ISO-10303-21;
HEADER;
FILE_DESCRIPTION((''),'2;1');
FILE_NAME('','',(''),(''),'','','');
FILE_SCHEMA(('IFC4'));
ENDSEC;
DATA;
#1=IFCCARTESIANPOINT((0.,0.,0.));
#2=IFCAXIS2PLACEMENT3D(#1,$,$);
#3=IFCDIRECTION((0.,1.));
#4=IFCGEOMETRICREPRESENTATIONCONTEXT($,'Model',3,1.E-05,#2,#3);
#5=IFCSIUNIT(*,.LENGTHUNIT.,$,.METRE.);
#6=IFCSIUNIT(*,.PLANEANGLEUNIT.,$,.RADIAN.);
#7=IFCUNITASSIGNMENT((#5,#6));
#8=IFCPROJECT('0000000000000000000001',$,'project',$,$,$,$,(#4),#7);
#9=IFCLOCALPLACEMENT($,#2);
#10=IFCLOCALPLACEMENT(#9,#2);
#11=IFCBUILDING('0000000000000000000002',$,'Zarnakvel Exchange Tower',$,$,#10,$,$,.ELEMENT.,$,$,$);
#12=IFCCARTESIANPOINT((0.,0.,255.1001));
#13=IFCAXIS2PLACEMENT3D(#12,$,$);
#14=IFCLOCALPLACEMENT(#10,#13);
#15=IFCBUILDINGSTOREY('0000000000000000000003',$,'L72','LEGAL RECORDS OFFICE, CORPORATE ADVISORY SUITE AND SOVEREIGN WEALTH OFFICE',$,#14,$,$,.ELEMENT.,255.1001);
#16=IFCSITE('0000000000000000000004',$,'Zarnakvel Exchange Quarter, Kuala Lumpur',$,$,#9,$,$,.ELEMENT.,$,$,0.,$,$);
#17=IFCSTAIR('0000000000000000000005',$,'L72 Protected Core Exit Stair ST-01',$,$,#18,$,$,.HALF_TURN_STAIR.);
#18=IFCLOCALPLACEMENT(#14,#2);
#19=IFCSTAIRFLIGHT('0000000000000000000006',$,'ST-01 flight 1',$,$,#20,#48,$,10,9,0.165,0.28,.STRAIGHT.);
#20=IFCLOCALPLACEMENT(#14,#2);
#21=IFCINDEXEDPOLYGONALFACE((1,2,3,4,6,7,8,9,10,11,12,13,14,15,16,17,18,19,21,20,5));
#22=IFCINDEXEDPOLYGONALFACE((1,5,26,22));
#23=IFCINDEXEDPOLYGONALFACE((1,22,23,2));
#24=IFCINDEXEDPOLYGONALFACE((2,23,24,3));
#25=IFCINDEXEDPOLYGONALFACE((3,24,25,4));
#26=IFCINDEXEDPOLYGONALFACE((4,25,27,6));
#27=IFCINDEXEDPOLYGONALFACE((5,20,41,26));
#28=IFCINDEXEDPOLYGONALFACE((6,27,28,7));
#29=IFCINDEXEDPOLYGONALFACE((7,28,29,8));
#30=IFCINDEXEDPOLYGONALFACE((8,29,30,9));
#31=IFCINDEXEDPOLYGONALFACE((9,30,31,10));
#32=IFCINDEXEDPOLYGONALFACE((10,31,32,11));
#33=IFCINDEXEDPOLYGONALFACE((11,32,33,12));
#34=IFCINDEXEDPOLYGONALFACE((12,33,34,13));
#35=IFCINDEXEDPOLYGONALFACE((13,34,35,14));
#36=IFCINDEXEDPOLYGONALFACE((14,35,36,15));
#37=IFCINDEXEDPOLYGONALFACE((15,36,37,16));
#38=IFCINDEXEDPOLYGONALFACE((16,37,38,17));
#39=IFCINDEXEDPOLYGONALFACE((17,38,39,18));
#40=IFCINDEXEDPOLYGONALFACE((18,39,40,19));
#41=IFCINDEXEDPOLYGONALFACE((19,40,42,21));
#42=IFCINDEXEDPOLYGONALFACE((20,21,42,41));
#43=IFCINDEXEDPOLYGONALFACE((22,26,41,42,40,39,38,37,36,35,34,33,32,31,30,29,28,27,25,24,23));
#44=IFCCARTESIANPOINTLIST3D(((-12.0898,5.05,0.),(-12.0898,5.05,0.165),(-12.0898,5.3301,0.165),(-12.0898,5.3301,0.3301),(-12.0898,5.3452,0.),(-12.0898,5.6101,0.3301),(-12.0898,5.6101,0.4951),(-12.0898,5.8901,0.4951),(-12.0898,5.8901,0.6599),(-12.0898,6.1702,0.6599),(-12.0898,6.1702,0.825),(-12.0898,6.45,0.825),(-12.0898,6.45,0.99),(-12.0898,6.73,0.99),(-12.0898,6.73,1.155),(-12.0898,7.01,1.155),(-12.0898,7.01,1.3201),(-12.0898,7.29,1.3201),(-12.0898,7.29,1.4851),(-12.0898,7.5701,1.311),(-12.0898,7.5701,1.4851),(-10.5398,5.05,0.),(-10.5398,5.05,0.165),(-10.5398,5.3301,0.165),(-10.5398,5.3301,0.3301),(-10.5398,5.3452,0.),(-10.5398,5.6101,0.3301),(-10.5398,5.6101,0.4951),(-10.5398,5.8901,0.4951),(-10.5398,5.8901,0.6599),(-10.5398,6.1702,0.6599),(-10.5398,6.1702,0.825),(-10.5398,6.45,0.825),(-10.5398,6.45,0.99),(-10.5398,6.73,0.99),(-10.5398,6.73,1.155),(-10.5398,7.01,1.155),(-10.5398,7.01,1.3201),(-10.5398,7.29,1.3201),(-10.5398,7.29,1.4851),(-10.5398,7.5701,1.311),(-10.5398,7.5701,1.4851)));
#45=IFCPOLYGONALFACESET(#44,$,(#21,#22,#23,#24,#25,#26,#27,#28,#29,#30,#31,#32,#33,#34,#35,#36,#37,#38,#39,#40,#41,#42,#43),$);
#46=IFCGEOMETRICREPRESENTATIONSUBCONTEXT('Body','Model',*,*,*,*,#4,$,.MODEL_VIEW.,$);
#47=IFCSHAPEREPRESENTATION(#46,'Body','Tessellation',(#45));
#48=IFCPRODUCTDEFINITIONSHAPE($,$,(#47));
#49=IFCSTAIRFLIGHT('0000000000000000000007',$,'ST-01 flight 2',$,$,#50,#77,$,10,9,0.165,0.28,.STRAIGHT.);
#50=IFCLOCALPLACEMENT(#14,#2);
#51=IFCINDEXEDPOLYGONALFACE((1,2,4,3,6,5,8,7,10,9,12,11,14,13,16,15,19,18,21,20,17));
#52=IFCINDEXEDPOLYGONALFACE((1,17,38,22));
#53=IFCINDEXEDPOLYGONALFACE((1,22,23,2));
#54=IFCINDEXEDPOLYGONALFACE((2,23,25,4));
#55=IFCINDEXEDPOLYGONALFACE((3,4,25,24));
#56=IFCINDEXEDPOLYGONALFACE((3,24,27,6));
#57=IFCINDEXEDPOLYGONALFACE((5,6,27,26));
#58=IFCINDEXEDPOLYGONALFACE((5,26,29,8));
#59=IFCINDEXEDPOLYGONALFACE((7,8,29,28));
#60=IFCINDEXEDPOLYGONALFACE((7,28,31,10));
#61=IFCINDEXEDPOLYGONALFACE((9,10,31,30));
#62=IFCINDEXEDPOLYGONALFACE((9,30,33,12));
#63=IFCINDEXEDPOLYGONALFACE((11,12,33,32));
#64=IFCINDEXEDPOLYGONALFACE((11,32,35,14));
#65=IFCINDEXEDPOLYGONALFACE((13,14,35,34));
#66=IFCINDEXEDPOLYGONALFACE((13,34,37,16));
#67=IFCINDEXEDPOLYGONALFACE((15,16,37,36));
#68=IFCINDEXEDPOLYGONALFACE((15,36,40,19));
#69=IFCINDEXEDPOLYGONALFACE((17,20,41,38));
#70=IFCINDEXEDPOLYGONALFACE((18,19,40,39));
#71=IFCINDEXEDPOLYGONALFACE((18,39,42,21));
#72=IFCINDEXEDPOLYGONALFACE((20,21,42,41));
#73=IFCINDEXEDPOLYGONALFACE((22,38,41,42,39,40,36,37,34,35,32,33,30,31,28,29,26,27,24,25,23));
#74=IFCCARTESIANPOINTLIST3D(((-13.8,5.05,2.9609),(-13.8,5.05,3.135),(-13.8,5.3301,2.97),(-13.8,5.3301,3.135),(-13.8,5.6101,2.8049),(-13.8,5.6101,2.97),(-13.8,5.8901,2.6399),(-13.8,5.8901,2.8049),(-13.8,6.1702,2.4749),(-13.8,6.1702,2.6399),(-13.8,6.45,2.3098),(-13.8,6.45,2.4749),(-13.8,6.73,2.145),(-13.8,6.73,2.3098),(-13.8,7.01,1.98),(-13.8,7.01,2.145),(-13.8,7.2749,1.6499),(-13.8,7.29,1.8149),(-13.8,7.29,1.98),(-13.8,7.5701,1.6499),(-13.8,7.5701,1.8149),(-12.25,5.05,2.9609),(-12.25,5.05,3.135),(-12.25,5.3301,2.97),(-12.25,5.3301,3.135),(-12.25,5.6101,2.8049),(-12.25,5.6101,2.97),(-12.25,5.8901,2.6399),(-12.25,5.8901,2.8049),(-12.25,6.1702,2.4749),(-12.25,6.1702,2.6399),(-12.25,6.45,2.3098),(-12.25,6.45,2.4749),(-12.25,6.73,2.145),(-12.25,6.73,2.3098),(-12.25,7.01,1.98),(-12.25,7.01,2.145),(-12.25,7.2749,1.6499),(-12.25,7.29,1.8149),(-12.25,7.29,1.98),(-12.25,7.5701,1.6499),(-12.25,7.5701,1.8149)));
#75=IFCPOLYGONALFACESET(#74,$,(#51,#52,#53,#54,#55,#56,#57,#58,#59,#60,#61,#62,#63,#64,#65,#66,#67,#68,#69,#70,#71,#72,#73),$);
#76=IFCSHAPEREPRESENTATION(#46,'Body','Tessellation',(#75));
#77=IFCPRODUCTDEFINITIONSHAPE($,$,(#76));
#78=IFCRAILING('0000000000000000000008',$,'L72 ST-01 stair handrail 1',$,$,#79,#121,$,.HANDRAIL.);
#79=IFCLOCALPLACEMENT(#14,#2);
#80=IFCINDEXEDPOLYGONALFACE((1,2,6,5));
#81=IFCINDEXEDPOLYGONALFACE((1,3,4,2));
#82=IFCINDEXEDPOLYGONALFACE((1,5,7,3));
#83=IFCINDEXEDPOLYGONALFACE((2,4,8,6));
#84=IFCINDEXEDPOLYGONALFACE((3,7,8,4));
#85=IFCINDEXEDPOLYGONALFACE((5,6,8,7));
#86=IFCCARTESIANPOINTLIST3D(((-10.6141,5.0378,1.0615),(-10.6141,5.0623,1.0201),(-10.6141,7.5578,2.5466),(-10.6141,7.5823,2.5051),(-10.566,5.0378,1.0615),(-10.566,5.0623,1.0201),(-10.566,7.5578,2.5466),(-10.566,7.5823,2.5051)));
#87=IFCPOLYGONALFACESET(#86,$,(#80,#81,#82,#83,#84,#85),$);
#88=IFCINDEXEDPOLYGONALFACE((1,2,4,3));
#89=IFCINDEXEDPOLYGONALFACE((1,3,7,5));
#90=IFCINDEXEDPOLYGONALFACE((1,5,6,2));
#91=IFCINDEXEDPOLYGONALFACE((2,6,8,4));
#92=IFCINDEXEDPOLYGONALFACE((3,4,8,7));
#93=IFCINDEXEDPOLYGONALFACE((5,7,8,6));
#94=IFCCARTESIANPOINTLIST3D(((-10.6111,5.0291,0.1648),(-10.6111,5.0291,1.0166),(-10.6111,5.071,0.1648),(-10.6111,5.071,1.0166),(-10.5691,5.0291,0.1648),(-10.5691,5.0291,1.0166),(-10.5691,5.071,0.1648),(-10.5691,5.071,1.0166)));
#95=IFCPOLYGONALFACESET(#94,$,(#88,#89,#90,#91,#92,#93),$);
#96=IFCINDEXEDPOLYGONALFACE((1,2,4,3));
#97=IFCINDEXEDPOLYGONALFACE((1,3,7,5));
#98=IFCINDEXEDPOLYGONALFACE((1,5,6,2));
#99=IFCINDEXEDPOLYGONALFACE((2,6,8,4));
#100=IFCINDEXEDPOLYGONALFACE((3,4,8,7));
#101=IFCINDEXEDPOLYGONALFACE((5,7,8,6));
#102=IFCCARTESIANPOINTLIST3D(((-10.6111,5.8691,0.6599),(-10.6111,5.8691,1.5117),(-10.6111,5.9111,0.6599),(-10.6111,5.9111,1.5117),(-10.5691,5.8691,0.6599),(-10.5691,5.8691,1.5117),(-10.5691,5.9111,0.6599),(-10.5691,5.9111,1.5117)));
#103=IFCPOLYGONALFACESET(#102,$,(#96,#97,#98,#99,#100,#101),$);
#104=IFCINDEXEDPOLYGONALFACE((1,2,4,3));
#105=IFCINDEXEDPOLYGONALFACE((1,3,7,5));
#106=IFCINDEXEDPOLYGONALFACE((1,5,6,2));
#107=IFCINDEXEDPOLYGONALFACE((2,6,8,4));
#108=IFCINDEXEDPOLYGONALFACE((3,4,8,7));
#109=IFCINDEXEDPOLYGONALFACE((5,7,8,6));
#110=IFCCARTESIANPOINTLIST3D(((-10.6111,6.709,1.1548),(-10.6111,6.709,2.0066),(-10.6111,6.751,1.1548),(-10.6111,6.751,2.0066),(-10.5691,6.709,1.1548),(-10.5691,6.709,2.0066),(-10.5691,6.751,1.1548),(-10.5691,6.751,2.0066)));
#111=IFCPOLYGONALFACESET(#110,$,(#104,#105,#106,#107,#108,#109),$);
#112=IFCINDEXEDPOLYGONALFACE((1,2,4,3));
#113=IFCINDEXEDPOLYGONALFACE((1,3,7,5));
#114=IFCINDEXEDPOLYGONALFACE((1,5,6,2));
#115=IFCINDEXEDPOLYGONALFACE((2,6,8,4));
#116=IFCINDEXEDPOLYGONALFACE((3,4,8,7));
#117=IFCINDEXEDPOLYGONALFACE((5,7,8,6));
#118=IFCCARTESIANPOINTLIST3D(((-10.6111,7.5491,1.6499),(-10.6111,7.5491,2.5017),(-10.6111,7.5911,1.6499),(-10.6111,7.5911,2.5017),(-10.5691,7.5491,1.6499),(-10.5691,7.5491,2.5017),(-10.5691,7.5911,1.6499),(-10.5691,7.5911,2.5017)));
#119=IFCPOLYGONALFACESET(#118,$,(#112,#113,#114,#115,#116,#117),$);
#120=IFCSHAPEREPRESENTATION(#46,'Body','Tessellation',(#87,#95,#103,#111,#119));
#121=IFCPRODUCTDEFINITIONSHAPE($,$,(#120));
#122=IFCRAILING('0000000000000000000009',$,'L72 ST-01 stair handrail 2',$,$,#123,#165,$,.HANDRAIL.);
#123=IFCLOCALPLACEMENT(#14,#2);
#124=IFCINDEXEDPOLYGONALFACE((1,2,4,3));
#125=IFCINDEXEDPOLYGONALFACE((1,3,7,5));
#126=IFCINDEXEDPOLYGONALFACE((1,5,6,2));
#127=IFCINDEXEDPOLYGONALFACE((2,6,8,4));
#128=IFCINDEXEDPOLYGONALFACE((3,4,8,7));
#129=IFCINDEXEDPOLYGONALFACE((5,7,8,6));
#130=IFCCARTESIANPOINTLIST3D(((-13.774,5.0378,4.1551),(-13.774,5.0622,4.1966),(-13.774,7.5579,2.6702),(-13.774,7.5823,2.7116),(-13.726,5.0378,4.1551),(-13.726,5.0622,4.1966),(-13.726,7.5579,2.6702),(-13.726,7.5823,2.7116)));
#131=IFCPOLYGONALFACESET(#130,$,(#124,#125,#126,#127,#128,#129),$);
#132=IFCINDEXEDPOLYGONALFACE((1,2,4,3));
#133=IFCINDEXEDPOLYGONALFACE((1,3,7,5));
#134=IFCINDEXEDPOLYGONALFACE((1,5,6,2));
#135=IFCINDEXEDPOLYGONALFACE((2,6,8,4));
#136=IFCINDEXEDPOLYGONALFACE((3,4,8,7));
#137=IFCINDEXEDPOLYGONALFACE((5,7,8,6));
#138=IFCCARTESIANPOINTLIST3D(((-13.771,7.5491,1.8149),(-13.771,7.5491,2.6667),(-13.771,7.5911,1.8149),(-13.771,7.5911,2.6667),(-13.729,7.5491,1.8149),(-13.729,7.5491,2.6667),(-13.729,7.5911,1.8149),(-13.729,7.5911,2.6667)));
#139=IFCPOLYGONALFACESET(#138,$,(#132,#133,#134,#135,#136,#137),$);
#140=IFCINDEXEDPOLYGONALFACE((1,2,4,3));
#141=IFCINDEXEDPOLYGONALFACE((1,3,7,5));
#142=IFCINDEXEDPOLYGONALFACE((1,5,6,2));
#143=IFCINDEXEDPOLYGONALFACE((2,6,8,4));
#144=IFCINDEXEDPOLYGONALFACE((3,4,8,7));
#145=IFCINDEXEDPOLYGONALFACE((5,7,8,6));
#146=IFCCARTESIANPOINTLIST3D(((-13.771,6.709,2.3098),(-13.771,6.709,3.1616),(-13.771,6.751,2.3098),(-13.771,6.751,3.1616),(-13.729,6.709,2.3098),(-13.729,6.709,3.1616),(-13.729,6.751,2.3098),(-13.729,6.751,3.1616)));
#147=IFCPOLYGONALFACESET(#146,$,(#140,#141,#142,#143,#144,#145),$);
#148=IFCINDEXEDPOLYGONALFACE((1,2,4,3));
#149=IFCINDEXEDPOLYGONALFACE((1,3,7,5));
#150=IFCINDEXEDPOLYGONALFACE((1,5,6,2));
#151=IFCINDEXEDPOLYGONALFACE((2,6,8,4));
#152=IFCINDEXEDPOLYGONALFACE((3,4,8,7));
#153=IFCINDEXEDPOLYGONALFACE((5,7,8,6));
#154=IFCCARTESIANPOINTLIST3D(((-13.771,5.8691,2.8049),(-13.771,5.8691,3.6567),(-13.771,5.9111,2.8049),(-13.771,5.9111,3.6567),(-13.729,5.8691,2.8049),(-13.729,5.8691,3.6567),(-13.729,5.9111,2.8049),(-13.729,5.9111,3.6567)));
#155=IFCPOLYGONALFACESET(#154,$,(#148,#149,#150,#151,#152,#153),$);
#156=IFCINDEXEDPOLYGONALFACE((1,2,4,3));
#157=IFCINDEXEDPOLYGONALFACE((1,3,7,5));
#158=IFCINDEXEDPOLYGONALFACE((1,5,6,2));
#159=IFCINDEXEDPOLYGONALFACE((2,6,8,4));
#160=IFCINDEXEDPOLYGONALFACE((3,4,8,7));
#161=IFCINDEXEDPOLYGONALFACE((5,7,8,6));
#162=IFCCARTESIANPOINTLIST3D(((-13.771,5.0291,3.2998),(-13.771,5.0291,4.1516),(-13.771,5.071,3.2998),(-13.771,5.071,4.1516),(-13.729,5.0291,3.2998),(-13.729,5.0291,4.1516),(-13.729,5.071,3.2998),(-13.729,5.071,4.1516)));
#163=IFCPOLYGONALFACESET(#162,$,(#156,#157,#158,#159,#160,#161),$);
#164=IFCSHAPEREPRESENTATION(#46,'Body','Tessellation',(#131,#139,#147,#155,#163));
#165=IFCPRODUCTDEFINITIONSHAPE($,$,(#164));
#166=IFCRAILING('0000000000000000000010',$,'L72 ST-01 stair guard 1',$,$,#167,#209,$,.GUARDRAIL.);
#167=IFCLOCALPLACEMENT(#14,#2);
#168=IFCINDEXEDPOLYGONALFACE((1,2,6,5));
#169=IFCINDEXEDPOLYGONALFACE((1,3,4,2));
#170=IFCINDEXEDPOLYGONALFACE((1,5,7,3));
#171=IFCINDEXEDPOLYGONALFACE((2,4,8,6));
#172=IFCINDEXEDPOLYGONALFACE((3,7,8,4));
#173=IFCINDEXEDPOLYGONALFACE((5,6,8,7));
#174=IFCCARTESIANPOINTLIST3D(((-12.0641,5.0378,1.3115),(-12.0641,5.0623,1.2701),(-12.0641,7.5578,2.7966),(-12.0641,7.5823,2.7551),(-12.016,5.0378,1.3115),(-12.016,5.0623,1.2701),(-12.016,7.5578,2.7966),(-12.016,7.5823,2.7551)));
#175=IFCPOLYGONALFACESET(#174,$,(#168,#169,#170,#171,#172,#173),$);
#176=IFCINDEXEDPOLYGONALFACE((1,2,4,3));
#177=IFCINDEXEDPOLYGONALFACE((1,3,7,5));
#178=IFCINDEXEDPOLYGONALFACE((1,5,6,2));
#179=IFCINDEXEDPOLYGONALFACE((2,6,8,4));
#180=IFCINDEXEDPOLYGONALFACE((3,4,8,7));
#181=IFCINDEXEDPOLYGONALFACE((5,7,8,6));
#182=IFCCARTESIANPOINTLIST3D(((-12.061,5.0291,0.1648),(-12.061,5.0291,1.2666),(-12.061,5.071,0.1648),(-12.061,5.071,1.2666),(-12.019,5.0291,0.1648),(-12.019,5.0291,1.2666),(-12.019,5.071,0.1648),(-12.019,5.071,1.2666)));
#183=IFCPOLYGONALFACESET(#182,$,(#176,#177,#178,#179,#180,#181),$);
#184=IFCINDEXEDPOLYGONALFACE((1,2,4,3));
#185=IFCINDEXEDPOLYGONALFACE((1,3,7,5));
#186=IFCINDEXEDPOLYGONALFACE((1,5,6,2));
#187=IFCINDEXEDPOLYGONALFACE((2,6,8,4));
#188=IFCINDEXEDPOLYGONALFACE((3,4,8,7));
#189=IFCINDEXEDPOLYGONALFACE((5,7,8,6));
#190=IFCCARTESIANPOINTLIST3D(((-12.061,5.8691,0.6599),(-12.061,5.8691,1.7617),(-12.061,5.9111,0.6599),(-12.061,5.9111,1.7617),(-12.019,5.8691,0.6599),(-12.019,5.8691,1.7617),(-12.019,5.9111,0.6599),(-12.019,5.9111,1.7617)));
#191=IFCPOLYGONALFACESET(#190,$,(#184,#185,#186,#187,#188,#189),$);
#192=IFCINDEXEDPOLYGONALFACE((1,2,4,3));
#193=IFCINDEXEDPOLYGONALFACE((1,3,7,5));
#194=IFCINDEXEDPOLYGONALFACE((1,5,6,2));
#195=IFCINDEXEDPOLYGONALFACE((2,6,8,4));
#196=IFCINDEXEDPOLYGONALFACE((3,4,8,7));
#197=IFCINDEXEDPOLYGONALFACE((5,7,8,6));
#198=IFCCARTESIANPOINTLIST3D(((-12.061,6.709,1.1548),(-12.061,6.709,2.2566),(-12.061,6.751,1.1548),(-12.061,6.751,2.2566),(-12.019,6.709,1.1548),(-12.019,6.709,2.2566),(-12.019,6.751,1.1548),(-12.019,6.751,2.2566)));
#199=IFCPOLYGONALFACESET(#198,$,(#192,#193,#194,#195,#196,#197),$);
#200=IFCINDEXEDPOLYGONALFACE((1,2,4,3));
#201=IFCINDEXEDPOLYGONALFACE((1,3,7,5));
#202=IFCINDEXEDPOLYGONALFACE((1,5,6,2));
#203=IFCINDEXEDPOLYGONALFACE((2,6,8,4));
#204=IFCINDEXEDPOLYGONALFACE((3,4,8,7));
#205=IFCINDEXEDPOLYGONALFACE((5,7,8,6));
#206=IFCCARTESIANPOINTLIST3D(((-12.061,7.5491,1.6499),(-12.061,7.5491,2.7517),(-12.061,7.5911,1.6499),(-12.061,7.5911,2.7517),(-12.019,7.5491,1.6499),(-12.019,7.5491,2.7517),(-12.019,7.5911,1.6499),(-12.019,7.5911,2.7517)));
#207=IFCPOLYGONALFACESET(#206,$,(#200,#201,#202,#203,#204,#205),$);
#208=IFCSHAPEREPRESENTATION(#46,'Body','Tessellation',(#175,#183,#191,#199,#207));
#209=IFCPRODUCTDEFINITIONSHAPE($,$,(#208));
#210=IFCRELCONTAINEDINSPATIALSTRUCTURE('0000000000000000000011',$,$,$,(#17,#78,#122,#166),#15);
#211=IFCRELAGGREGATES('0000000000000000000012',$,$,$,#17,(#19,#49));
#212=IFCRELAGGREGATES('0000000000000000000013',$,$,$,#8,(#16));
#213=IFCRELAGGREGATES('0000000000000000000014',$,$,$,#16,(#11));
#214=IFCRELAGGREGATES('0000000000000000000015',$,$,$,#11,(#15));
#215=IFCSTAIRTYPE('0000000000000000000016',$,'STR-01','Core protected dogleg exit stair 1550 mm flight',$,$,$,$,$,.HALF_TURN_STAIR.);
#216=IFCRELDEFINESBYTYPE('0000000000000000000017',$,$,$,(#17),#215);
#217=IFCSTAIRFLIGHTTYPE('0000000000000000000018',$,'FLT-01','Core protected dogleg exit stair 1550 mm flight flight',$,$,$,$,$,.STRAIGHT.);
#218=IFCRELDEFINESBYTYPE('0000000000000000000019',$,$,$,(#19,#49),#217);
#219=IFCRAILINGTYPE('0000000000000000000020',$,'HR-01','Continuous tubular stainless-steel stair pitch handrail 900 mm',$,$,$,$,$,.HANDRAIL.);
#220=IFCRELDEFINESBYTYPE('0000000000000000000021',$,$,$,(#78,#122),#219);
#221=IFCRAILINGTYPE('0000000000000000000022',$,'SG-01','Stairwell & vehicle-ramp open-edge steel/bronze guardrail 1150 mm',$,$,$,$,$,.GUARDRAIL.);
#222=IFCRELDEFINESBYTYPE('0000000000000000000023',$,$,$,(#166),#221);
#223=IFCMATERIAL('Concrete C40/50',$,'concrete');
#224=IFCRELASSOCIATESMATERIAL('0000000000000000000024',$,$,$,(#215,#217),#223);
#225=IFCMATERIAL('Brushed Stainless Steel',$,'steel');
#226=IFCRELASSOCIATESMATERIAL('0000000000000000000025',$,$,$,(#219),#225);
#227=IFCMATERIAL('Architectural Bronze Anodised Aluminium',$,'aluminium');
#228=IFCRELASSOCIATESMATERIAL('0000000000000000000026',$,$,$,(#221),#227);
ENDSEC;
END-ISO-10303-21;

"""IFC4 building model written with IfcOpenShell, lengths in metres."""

from ifc_helpers import new_model, si_unit, direction, frame, origin, origin_2d, place, context, subcontext, project, spatial, polyline, rectangle, outline, extrude, material, type_object, element, aggregate, save


model = new_model("IFC4")

# Units and contexts
model_context = context("Model", 3, precision=1e-05, world=origin(), true_north=direction((0.0, 1.0)))
body_context = subcontext(model_context, "Body", "Model", "MODEL_VIEW")
ifc_project = project(units=[si_unit("LENGTHUNIT", "METRE"), si_unit("PLANEANGLEUNIT", "RADIAN")], contexts=[model_context])

# Site, building, storey
site_placement = place(None, origin())
site = spatial("IfcSite", under=ifc_project, at=site_placement, Name="Zarnakvel Exchange Quarter, Kuala Lumpur", CompositionType="ELEMENT", RefElevation=0.0)
building_placement = place(site_placement, origin())
building = spatial("IfcBuilding", under=site, at=building_placement, Name="Zarnakvel Exchange Tower", CompositionType="ELEMENT")
storey_placement = place(building_placement, frame((0.0, 0.0, 255.1001)))
storey = spatial("IfcBuildingStorey", under=building, at=storey_placement, Name="L72", Description="LEGAL RECORDS OFFICE, CORPORATE ADVISORY SUITE AND SOVEREIGN WEALTH OFFICE", CompositionType="ELEMENT", Elevation=255.1001)

# Shared definitions
ifc_material_1 = material(Name="Architectural Bronze Anodised Aluminium", Category="aluminium")

# Shared definitions
ifc_material_2 = material(Name="Concrete C40/50", Category="concrete")

# Stair, stair flights
stair_type = type_object("IfcStairType", Name="STR-01", Description="Core protected dogleg exit stair 1550 mm flight", PredefinedType="HALF_TURN_STAIR", material=ifc_material_2)
stair_placement = place(storey_placement, origin())
stair = element("IfcStair", 1, at=stair_placement, inside=storey, type_object=stair_type, Name="L72 Protected Core Exit Stair ST-01", PredefinedType="HALF_TURN_STAIR")
stair_flight_type = type_object("IfcStairFlightType", Name="FLT-01", Description="Core protected dogleg exit stair 1550 mm flight flight", PredefinedType="STRAIGHT", material=ifc_material_2)
stair_flight_1_placement = place(storey_placement, frame((-11.3149, 5.05, 0.0), z_axis=(0.0, 0.0, 1.0), x_axis=(0.0, 1.0, 0.0)))
stair_flight_1 = element("IfcStairFlight", 2, at=stair_flight_1_placement, type_object=stair_flight_type, Name="ST-01 flight 1", NumberOfRisers=10, NumberOfTreads=9, PredefinedType="STRAIGHT", RiserHeight=0.165, TreadLength=0.28, context=body_context, shape_type="SweptSolid", body=[
    extrude(outline(polyline([(0.0, 0.0), (0.0, 0.165), (0.28, 0.165), (0.28, 0.3301), (0.5601, 0.3301), (0.5601, 0.4951), (0.8401, 0.4951), (0.8401, 0.6599), (1.1201, 0.6599), (1.1201, 0.825), (1.3999, 0.825), (1.3999, 0.99), (1.6799, 0.99), (1.6799, 1.155), (1.96, 1.155), (1.96, 1.3201), (2.24, 1.3201), (2.24, 1.4851), (2.52, 1.4851), (2.52, 1.6499), (2.52, 1.311), (0.2952, 0.0), (0.0, 0.0)])), frame((0.0, 0.7749, 0.0), z_axis=(0.0, -1.0, 0.0), x_axis=(1.0, 0.0, 0.0)), (0.0, 0.0, 1.0), 1.55),
])
stair_flight_2_placement = place(storey_placement, frame((-13.0249, 7.5701, 1.6499), z_axis=(0.0, 0.0, 1.0), x_axis=(0.0, -1.0, 0.0)))
stair_flight_2 = element("IfcStairFlight", 3, at=stair_flight_2_placement, type_object=stair_flight_type, Name="ST-01 flight 2", NumberOfRisers=10, NumberOfTreads=9, PredefinedType="STRAIGHT", RiserHeight=0.165, TreadLength=0.28, context=body_context, shape_type="SweptSolid", body=[
    extrude(outline(polyline([(0.0, 0.0), (0.0, 0.165), (0.28, 0.165), (0.28, 0.3301), (0.5601, 0.3301), (0.5601, 0.4951), (0.8401, 0.4951), (0.8401, 0.6599), (1.1201, 0.6599), (1.1201, 0.825), (1.3999, 0.825), (1.3999, 0.99), (1.6799, 0.99), (1.6799, 1.155), (1.96, 1.155), (1.96, 1.3201), (2.24, 1.3201), (2.24, 1.4851), (2.52, 1.4851), (2.52, 1.6499), (2.52, 1.311), (0.2952, 0.0), (0.0, 0.0)])), frame((0.0, 0.7749, 0.0), z_axis=(0.0, -1.0, 0.0), x_axis=(1.0, 0.0, 0.0)), (0.0, 0.0, 1.0), 1.55),
])
aggregate(stair, [stair_flight_1, stair_flight_2])

# Railings
ifc_material_3 = material(Name="Brushed Stainless Steel", Category="steel")
railing_type_1 = type_object("IfcRailingType", Name="HR-01", Description="Continuous tubular stainless-steel stair pitch handrail 900 mm", PredefinedType="HANDRAIL", material=ifc_material_3)
railing_1_placement = place(storey_placement, frame((-10.5901, 5.05, 0.1648)))
element("IfcRailing", 4, at=railing_1_placement, inside=storey, type_object=railing_type_1, Name="L72 ST-01 stair handrail 1", PredefinedType="HANDRAIL", context=body_context, shape_type="SweptSolid", body=[
    extrude(rectangle(XDim=0.0481, YDim=0.0481, at=origin_2d()), frame((0.0, 0.0, 0.876), z_axis=(0.0, 0.861524, 0.507717), x_axis=(-1.0, 0.0, 0.0)), (0.0, 0.0, 1.0), 2.925),
    extrude(rectangle(XDim=0.042, YDim=0.042, at=origin_2d()), origin(), (0.0, 0.0, 1.0), 0.8518),
    extrude(rectangle(XDim=0.042, YDim=0.042, at=origin_2d()), frame((0.0, 0.8401, 0.4951)), (0.0, 0.0, 1.0), 0.8518),
    extrude(rectangle(XDim=0.042, YDim=0.042, at=origin_2d()), frame((0.0, 1.6799, 0.99)), (0.0, 0.0, 1.0), 0.8518),
    extrude(rectangle(XDim=0.042, YDim=0.042, at=origin_2d()), frame((0.0, 2.52, 1.4851)), (0.0, 0.0, 1.0), 0.8518),
])
railing_2_placement = place(storey_placement, frame((-13.75, 7.5701, 1.8149)))
element("IfcRailing", 5, at=railing_2_placement, inside=storey, type_object=railing_type_1, Name="L72 ST-01 stair handrail 2", PredefinedType="HANDRAIL", context=body_context, shape_type="SweptSolid", body=[
    extrude(rectangle(XDim=0.0481, YDim=0.0481, at=origin_2d()), frame((0.0, 0.0, 0.876), z_axis=(0.0, -0.861561, 0.507655), x_axis=(1.0, 0.0, 0.0)), (0.0, 0.0, 1.0), 2.925),
    extrude(rectangle(XDim=0.042, YDim=0.042, at=origin_2d()), origin(), (0.0, 0.0, 1.0), 0.8518),
    extrude(rectangle(XDim=0.042, YDim=0.042, at=origin_2d()), frame((0.0, -0.8401, 0.4949)), (0.0, 0.0, 1.0), 0.8518),
    extrude(rectangle(XDim=0.042, YDim=0.042, at=origin_2d()), frame((0.0, -1.6799, 0.99)), (0.0, 0.0, 1.0), 0.8518),
    extrude(rectangle(XDim=0.042, YDim=0.042, at=origin_2d()), frame((0.0, -2.52, 1.4849)), (0.0, 0.0, 1.0), 0.8518),
])
railing_type_2 = type_object("IfcRailingType", Name="SG-01", Description="Stairwell & vehicle-ramp open-edge steel/bronze guardrail 1150 mm", PredefinedType="GUARDRAIL", material=ifc_material_1)
railing_3_placement = place(storey_placement, frame((-12.04, 5.05, 0.1648)))
element("IfcRailing", 6, at=railing_3_placement, inside=storey, type_object=railing_type_2, Name="L72 ST-01 stair guard 1", PredefinedType="GUARDRAIL", context=body_context, shape_type="SweptSolid", body=[
    extrude(rectangle(XDim=0.0481, YDim=0.0481, at=origin_2d()), frame((0.0, 0.0, 1.126), z_axis=(0.0, 0.861524, 0.507717), x_axis=(-1.0, 0.0, 0.0)), (0.0, 0.0, 1.0), 2.925),
    extrude(rectangle(XDim=0.042, YDim=0.042, at=origin_2d()), origin(), (0.0, 0.0, 1.0), 1.1018),
    extrude(rectangle(XDim=0.042, YDim=0.042, at=origin_2d()), frame((0.0, 0.8401, 0.4951)), (0.0, 0.0, 1.0), 1.1018),
    extrude(rectangle(XDim=0.042, YDim=0.042, at=origin_2d()), frame((0.0, 1.6799, 0.99)), (0.0, 0.0, 1.0), 1.1018),
    extrude(rectangle(XDim=0.042, YDim=0.042, at=origin_2d()), frame((0.0, 2.52, 1.4851)), (0.0, 0.0, 1.0), 1.1018),
])

save(model, "model.ifc")
